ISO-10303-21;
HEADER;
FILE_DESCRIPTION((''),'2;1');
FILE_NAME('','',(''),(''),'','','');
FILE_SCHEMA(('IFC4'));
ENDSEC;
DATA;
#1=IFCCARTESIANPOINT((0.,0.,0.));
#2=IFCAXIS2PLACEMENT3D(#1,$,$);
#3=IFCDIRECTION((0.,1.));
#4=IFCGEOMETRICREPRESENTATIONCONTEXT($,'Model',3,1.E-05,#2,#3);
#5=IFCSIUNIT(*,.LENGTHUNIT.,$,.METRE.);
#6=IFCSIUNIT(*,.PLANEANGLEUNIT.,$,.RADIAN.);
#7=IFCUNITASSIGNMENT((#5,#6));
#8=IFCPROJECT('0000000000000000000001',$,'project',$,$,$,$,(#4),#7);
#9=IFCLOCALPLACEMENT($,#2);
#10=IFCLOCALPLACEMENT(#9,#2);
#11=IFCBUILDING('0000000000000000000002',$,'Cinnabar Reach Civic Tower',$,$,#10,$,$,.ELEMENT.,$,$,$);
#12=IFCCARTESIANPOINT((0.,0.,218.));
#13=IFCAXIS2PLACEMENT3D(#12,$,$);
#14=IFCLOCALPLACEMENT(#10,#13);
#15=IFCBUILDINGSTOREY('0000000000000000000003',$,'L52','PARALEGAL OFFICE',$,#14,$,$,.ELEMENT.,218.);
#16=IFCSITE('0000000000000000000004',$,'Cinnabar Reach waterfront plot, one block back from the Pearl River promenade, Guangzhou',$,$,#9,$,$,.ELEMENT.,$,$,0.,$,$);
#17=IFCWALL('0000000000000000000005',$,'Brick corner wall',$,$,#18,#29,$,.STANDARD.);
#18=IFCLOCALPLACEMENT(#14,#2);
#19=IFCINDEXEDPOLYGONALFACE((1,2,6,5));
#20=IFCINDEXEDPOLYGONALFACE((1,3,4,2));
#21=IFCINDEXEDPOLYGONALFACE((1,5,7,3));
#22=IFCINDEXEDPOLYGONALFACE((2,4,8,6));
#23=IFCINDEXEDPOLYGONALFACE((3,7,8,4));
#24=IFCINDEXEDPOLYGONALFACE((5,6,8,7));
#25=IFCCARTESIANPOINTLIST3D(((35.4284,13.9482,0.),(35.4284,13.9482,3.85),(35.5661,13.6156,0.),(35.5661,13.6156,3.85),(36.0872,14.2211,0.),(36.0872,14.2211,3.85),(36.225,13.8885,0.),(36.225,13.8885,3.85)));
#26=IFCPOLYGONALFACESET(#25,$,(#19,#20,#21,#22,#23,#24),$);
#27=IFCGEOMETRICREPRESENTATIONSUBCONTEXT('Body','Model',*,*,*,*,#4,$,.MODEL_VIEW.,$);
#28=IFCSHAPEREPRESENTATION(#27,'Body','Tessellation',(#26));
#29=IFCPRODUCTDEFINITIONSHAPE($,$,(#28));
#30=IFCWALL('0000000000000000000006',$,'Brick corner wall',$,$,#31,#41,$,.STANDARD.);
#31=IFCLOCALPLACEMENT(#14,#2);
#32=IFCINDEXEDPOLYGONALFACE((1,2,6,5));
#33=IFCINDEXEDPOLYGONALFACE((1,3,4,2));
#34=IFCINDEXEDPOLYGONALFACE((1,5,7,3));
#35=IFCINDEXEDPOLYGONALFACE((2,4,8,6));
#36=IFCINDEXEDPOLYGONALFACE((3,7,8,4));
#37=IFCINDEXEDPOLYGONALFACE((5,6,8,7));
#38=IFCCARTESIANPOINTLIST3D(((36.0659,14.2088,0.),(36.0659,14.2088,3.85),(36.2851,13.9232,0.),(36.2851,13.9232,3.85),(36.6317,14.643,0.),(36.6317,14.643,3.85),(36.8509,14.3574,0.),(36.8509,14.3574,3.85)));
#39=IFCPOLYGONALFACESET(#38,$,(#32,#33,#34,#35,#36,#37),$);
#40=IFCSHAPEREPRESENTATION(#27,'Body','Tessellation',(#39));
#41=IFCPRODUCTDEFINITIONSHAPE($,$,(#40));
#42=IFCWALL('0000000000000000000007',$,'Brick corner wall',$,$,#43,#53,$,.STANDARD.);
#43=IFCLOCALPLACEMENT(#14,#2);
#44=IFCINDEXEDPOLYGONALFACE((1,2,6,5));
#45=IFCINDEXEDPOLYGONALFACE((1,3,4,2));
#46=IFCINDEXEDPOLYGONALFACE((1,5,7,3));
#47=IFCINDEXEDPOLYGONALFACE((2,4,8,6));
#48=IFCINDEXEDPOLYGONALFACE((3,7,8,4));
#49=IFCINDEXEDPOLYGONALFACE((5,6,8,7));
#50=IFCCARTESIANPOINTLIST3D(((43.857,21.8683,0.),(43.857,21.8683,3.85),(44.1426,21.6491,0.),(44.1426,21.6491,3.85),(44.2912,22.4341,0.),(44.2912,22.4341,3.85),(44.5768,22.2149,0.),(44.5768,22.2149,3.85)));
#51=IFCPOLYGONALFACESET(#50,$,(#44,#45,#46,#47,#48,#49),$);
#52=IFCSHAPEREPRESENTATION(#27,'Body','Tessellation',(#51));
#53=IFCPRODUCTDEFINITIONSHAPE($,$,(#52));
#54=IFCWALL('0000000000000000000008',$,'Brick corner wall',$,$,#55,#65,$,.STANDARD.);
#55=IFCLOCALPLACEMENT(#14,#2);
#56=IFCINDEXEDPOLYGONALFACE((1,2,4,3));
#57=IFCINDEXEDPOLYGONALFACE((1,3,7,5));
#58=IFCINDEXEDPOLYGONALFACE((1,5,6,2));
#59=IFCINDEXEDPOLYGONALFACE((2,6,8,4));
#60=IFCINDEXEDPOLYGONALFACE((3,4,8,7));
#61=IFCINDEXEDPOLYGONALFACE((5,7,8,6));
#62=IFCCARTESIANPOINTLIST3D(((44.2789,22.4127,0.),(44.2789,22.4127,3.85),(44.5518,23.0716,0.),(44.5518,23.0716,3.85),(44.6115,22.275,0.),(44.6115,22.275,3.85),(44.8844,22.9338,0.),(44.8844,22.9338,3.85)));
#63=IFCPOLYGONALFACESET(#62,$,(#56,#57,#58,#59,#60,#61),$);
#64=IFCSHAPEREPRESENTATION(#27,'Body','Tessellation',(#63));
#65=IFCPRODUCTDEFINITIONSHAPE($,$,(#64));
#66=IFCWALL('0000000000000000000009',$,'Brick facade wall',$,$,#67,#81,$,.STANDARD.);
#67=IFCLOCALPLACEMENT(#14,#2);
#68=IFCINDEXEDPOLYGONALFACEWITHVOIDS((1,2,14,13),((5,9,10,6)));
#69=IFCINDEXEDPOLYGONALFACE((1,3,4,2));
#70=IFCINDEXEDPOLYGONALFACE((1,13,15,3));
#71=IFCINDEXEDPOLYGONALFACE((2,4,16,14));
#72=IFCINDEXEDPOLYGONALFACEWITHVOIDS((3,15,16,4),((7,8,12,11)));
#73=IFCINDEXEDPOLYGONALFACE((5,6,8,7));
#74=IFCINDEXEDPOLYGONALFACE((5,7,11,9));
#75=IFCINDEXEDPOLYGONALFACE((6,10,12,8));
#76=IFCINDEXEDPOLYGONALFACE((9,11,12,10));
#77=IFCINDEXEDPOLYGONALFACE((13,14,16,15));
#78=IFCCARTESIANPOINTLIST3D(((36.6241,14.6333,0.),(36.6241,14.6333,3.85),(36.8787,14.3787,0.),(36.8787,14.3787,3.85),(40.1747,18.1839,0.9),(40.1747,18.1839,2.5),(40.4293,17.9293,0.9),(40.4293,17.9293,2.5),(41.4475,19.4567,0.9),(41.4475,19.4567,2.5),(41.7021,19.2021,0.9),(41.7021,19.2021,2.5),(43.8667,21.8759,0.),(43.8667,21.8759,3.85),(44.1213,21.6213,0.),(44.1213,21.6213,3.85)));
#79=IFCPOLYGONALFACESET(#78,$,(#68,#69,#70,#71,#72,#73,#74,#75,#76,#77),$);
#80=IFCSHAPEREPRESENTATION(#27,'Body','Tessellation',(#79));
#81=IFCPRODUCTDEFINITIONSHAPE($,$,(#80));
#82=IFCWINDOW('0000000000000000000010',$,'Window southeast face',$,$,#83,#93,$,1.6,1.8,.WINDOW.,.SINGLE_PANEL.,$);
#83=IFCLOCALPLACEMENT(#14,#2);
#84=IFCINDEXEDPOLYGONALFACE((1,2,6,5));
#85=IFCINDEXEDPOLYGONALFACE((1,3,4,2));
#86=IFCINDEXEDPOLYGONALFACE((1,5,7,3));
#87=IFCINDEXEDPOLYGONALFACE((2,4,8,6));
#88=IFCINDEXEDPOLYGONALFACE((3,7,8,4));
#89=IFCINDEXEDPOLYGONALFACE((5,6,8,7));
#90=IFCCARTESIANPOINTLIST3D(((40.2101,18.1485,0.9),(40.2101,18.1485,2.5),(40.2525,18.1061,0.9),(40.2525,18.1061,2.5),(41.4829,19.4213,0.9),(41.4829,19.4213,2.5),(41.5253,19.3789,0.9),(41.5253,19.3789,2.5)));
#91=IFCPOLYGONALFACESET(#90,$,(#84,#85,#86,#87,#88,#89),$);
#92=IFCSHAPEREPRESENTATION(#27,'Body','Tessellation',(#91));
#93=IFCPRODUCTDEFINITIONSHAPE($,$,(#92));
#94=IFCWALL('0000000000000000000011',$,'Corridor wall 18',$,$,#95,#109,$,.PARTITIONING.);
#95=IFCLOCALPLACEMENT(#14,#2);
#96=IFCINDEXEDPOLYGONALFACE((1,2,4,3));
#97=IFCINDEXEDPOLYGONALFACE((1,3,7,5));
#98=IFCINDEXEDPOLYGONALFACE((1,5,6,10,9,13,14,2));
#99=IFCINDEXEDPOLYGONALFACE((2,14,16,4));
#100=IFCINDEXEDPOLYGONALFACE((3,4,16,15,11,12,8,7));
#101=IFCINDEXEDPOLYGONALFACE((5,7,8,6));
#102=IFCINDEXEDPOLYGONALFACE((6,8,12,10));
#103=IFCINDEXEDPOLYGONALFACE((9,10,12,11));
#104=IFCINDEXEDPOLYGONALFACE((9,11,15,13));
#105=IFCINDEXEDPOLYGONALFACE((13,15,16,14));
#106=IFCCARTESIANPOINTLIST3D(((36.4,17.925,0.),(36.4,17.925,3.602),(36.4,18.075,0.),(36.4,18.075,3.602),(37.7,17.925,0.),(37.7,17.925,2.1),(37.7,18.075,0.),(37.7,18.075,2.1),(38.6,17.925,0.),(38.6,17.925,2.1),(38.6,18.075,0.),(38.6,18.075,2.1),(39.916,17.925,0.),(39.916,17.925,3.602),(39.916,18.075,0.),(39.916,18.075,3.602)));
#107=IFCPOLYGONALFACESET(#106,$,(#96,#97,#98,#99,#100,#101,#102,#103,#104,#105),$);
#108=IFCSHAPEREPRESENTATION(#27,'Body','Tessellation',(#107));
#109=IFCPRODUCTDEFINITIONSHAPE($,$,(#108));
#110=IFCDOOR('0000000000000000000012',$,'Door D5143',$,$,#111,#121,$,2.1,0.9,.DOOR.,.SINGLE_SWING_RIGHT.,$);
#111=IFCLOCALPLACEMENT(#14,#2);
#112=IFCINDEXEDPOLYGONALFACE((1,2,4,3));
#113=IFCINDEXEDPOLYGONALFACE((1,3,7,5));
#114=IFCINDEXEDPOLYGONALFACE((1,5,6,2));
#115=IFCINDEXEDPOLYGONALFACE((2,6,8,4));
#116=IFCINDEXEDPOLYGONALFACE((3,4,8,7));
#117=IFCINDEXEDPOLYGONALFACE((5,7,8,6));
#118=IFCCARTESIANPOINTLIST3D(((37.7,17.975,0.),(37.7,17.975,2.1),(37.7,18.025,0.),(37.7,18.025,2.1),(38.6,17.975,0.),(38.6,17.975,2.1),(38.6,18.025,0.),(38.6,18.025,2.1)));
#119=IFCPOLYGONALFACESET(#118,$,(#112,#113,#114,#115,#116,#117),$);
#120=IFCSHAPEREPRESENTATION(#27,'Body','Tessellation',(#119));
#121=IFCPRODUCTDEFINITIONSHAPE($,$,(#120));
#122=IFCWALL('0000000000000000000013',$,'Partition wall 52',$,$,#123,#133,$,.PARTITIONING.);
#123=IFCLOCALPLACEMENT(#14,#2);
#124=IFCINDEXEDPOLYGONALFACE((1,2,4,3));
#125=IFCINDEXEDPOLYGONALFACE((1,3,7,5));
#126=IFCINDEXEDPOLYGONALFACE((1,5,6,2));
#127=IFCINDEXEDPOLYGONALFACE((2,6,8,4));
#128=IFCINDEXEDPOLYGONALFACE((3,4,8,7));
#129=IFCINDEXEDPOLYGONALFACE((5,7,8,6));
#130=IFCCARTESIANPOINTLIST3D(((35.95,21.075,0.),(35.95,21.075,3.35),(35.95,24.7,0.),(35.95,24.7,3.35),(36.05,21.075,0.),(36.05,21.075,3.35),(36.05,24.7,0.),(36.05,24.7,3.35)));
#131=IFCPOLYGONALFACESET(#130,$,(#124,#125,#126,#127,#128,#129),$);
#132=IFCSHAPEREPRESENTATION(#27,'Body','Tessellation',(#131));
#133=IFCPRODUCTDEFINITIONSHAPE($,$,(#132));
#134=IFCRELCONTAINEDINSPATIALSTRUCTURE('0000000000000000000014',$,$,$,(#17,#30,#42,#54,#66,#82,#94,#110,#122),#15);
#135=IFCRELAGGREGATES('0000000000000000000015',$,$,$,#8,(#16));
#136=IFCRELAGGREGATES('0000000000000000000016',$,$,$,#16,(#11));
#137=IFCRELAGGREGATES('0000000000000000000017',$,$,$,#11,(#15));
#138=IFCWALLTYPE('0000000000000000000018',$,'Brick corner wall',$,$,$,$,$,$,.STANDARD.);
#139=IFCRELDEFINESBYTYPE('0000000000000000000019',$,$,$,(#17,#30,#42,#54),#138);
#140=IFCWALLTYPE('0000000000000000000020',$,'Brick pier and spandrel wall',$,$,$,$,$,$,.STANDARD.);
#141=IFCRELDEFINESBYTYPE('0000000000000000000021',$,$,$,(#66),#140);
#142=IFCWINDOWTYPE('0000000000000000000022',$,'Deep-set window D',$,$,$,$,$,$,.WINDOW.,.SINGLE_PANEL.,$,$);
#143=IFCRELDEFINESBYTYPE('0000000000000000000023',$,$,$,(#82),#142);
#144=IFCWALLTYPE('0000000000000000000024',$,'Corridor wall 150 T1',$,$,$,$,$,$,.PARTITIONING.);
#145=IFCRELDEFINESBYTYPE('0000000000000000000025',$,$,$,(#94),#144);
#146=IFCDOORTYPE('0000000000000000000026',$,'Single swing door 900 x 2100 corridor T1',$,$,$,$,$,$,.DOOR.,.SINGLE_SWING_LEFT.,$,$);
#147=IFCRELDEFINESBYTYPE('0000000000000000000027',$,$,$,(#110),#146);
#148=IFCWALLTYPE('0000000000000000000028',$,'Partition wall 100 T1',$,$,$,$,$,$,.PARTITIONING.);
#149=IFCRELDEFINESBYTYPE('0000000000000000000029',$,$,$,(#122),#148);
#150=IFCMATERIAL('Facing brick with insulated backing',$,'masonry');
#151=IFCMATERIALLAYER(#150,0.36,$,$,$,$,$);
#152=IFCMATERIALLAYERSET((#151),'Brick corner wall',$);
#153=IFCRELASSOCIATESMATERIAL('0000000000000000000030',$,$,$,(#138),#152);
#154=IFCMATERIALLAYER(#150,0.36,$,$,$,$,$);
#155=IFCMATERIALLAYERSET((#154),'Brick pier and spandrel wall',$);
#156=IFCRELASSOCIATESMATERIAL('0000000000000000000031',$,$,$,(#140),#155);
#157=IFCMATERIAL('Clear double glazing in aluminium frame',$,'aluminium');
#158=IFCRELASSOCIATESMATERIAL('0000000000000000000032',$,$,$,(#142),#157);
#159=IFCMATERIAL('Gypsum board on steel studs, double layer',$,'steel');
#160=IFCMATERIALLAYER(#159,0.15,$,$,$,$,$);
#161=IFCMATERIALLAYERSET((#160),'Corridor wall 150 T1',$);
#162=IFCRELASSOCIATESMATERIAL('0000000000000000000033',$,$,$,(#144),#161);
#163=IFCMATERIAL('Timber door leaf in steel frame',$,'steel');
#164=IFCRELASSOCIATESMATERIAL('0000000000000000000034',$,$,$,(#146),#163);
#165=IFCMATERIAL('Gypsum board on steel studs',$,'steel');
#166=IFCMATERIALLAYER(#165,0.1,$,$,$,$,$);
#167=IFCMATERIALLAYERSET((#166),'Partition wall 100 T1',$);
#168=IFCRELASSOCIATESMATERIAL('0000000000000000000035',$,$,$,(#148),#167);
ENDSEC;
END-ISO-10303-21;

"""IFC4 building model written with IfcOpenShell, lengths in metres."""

from ifc_helpers import new_model, si_unit, direction, frame, frame_2d, origin, place, context, subcontext, project, spatial, rectangle, extrude, material, layer, layer_set, type_object, element, fill, save


model = new_model("IFC4")

# Units and contexts
model_context = context("Model", 3, precision=1e-05, world=origin(), true_north=direction((0.0, 1.0)))
body_context = subcontext(model_context, "Body", "Model", "MODEL_VIEW")
ifc_project = project(units=[si_unit("LENGTHUNIT", "METRE"), si_unit("PLANEANGLEUNIT", "RADIAN")], contexts=[model_context])

# Site, building, storey
site_placement = place(None, origin())
site = spatial("IfcSite", under=ifc_project, at=site_placement, Name="Cinnabar Reach waterfront plot, one block back from the Pearl River promenade, Guangzhou", CompositionType="ELEMENT", RefElevation=0.0)
building_placement = place(site_placement, origin())
building = spatial("IfcBuilding", under=site, at=building_placement, Name="Cinnabar Reach Civic Tower", CompositionType="ELEMENT")
storey_placement = place(building_placement, frame((0.0, 0.0, 218.0)))
storey = spatial("IfcBuildingStorey", under=building, at=storey_placement, Name="L52", Description="PARALEGAL OFFICE", CompositionType="ELEMENT", Elevation=218.0)

# Walls
ifc_material_1 = material(Name="Facing brick with insulated backing", Category="masonry")
ifc_layer_1 = layer(ifc_material_1, 0.36)
ifc_layer_set_1 = layer_set([ifc_layer_1], Name="Brick corner wall")
wall_type_1 = type_object("IfcWallType", Name="Brick corner wall", PredefinedType="STANDARD", material=ifc_layer_set_1)
wall_1_placement = place(storey_placement, frame((35.4973, 13.7819, 0.0), z_axis=(0.0, 0.0, 1.0), x_axis=(0.923872, 0.382703, 0.0)))
element("IfcWall", 1, at=wall_1_placement, inside=storey, type_object=wall_type_1, Name="Brick corner wall", PredefinedType="STANDARD", context=body_context, shape_type="SweptSolid", body=[
    extrude(rectangle(XDim=0.7131, YDim=0.36, at=frame_2d((0.3565, 0.0))), origin(), (0.0, 0.0, 1.0), 3.85),
])
for number, where, z_axis, x_axis, name in (
    (2, (36.1755, 14.066, 0.0), (0.0, 0.0, 1.0), (0.793322, 0.608802, 0.0), "Brick corner wall"),
    (3, (43.9998, 21.7587, 0.0), (0.0, 0.0, 1.0), (0.608802, 0.793322, 0.0), "Brick corner wall"),
):
    element("IfcWall", number, at=place(storey_placement, frame(where, z_axis=z_axis, x_axis=x_axis)), inside=storey, type_object=wall_type_1, Name=name, PredefinedType="STANDARD", context=body_context, shape_type="SweptSolid", body=[
        extrude(rectangle(XDim=0.7132, YDim=0.36, at=frame_2d((0.3566, 0.0))), origin(), (0.0, 0.0, 1.0), 3.85),
    ])
wall_2_placement = place(storey_placement, frame((44.4452, 22.3439, 0.0), z_axis=(0.0, 0.0, 1.0), x_axis=(0.382703, 0.923872, 0.0)))
element("IfcWall", 4, at=wall_2_placement, inside=storey, type_object=wall_type_1, Name="Brick corner wall", PredefinedType="STANDARD", context=body_context, shape_type="SweptSolid", body=[
    extrude(rectangle(XDim=0.7131, YDim=0.36, at=frame_2d((0.3565, 0.0))), origin(), (0.0, 0.0, 1.0), 3.85),
])

# Wall, opening, window
ifc_layer_2 = layer(ifc_material_1, 0.36)
ifc_layer_set_2 = layer_set([ifc_layer_2], Name="Brick pier and spandrel wall")
wall_type_2 = type_object("IfcWallType", Name="Brick pier and spandrel wall", PredefinedType="STANDARD", material=ifc_layer_set_2)
wall_3_placement = place(storey_placement, frame((36.7514, 14.506, 0.0), z_axis=(0.0, 0.0, 1.0), x_axis=(0.707107, 0.707107, 0.0)))
wall_3 = element("IfcWall", 5, at=wall_3_placement, inside=storey, type_object=wall_type_2, Name="Brick facade wall", PredefinedType="STANDARD", context=body_context, shape_type="SweptSolid", body=[
    extrude(rectangle(XDim=10.2426, YDim=0.36, at=frame_2d((5.1213, 0.0))), origin(), (0.0, 0.0, 1.0), 3.85),
])
opening_1_placement = place(wall_3_placement, frame((5.0213, 0.0, 0.9)))
opening_1 = element("IfcOpeningElement", 6, at=opening_1_placement, cuts=wall_3, PredefinedType="OPENING", context=body_context, shape_type="SweptSolid", body=[
    extrude(rectangle(XDim=1.8, YDim=1.6, at=frame_2d((0.9, 0.8))), frame((0.0, 0.19, 0.0), z_axis=(0.0, -1.0, 0.0), x_axis=(1.0, 0.0, 0.0)), (0.0, 0.0, 1.0), 0.38),
])
ifc_material_2 = material(Name="Clear double glazing in aluminium frame", Category="aluminium")
window_type = type_object("IfcWindowType", Name="Deep-set window D", PartitioningType="SINGLE_PANEL", PredefinedType="WINDOW", material=ifc_material_2)
window_placement = place(opening_1_placement, origin())
window = element("IfcWindow", 7, at=window_placement, inside=storey, type_object=window_type, Name="Window southeast face", OverallHeight=1.6, OverallWidth=1.8, PartitioningType="SINGLE_PANEL", PredefinedType="WINDOW", context=body_context, shape_type="SweptSolid", body=[
    extrude(rectangle(XDim=1.8, YDim=1.6, at=frame_2d((0.9, 0.8))), frame((0.0, 0.13, 0.0), z_axis=(0.0, -1.0, 0.0), x_axis=(1.0, 0.0, 0.0)), (0.0, 0.0, 1.0), 0.06),
])
fill(opening_1, window)

# Wall, opening, door
ifc_material_3 = material(Name="Gypsum board on steel studs, double layer", Category="steel")
ifc_layer_3 = layer(ifc_material_3, 0.15)
ifc_layer_set_3 = layer_set([ifc_layer_3], Name="Corridor wall 150 T1")
wall_type_3 = type_object("IfcWallType", Name="Corridor wall 150 T1", PredefinedType="PARTITIONING", material=ifc_layer_set_3)
wall_4_placement = place(storey_placement, frame((36.4, 18.0, 0.0), z_axis=(0.0, 0.0, 1.0), x_axis=(1.0, 0.0, 0.0)))
wall_4 = element("IfcWall", 8, at=wall_4_placement, inside=storey, type_object=wall_type_3, Name="Corridor wall 18", PredefinedType="PARTITIONING", context=body_context, shape_type="SweptSolid", body=[
    extrude(rectangle(XDim=3.516, YDim=0.15, at=frame_2d((1.758, 0.0))), origin(), (0.0, 0.0, 1.0), 3.602),
])
opening_2_placement = place(wall_4_placement, frame((1.3, 0.0, 0.0)))
opening_2 = element("IfcOpeningElement", 9, at=opening_2_placement, cuts=wall_4, PredefinedType="OPENING", context=body_context, shape_type="SweptSolid", body=[
    extrude(rectangle(XDim=0.9, YDim=2.1, at=frame_2d((0.45, 1.05))), frame((0.0, 0.085, 0.0), z_axis=(0.0, -1.0, 0.0), x_axis=(1.0, 0.0, 0.0)), (0.0, 0.0, 1.0), 0.17),
])
ifc_material_4 = material(Name="Timber door leaf in steel frame", Category="steel")
door_type = type_object("IfcDoorType", Name="Single swing door 900 x 2100 corridor T1", OperationType="SINGLE_SWING_LEFT", PredefinedType="DOOR", material=ifc_material_4)
door_placement = place(opening_2_placement, frame((0.9, 0.0, 0.0), z_axis=(0.0, 0.0, 1.0), x_axis=(-1.0, 0.0, 0.0)))
door = element("IfcDoor", 10, at=door_placement, inside=storey, type_object=door_type, Name="Door D5143", OperationType="SINGLE_SWING_RIGHT", OverallHeight=2.1, OverallWidth=0.9, PredefinedType="DOOR", context=body_context, shape_type="SweptSolid", body=[
    extrude(rectangle(XDim=0.9, YDim=2.1, at=frame_2d((0.45, 1.05))), frame((0.0, 0.025, 0.0), z_axis=(0.0, -1.0, 0.0), x_axis=(1.0, 0.0, 0.0)), (0.0, 0.0, 1.0), 0.05),
])
fill(opening_2, door)

# Wall
ifc_material_5 = material(Name="Gypsum board on steel studs", Category="steel")
ifc_layer_4 = layer(ifc_material_5, 0.1)
ifc_layer_set_4 = layer_set([ifc_layer_4], Name="Partition wall 100 T1")
wall_type_4 = type_object("IfcWallType", Name="Partition wall 100 T1", PredefinedType="PARTITIONING", material=ifc_layer_set_4)
wall_5_placement = place(storey_placement, frame((36.0, 21.075, 0.0), z_axis=(0.0, 0.0, 1.0), x_axis=(0.0, 1.0, 0.0)))
element("IfcWall", 11, at=wall_5_placement, inside=storey, type_object=wall_type_4, Name="Partition wall 52", PredefinedType="PARTITIONING", context=body_context, shape_type="SweptSolid", body=[
    extrude(rectangle(XDim=3.625, YDim=0.1, at=frame_2d((1.8125, 0.0))), origin(), (0.0, 0.0, 1.0), 3.35),
])

save(model, "model.ifc")
